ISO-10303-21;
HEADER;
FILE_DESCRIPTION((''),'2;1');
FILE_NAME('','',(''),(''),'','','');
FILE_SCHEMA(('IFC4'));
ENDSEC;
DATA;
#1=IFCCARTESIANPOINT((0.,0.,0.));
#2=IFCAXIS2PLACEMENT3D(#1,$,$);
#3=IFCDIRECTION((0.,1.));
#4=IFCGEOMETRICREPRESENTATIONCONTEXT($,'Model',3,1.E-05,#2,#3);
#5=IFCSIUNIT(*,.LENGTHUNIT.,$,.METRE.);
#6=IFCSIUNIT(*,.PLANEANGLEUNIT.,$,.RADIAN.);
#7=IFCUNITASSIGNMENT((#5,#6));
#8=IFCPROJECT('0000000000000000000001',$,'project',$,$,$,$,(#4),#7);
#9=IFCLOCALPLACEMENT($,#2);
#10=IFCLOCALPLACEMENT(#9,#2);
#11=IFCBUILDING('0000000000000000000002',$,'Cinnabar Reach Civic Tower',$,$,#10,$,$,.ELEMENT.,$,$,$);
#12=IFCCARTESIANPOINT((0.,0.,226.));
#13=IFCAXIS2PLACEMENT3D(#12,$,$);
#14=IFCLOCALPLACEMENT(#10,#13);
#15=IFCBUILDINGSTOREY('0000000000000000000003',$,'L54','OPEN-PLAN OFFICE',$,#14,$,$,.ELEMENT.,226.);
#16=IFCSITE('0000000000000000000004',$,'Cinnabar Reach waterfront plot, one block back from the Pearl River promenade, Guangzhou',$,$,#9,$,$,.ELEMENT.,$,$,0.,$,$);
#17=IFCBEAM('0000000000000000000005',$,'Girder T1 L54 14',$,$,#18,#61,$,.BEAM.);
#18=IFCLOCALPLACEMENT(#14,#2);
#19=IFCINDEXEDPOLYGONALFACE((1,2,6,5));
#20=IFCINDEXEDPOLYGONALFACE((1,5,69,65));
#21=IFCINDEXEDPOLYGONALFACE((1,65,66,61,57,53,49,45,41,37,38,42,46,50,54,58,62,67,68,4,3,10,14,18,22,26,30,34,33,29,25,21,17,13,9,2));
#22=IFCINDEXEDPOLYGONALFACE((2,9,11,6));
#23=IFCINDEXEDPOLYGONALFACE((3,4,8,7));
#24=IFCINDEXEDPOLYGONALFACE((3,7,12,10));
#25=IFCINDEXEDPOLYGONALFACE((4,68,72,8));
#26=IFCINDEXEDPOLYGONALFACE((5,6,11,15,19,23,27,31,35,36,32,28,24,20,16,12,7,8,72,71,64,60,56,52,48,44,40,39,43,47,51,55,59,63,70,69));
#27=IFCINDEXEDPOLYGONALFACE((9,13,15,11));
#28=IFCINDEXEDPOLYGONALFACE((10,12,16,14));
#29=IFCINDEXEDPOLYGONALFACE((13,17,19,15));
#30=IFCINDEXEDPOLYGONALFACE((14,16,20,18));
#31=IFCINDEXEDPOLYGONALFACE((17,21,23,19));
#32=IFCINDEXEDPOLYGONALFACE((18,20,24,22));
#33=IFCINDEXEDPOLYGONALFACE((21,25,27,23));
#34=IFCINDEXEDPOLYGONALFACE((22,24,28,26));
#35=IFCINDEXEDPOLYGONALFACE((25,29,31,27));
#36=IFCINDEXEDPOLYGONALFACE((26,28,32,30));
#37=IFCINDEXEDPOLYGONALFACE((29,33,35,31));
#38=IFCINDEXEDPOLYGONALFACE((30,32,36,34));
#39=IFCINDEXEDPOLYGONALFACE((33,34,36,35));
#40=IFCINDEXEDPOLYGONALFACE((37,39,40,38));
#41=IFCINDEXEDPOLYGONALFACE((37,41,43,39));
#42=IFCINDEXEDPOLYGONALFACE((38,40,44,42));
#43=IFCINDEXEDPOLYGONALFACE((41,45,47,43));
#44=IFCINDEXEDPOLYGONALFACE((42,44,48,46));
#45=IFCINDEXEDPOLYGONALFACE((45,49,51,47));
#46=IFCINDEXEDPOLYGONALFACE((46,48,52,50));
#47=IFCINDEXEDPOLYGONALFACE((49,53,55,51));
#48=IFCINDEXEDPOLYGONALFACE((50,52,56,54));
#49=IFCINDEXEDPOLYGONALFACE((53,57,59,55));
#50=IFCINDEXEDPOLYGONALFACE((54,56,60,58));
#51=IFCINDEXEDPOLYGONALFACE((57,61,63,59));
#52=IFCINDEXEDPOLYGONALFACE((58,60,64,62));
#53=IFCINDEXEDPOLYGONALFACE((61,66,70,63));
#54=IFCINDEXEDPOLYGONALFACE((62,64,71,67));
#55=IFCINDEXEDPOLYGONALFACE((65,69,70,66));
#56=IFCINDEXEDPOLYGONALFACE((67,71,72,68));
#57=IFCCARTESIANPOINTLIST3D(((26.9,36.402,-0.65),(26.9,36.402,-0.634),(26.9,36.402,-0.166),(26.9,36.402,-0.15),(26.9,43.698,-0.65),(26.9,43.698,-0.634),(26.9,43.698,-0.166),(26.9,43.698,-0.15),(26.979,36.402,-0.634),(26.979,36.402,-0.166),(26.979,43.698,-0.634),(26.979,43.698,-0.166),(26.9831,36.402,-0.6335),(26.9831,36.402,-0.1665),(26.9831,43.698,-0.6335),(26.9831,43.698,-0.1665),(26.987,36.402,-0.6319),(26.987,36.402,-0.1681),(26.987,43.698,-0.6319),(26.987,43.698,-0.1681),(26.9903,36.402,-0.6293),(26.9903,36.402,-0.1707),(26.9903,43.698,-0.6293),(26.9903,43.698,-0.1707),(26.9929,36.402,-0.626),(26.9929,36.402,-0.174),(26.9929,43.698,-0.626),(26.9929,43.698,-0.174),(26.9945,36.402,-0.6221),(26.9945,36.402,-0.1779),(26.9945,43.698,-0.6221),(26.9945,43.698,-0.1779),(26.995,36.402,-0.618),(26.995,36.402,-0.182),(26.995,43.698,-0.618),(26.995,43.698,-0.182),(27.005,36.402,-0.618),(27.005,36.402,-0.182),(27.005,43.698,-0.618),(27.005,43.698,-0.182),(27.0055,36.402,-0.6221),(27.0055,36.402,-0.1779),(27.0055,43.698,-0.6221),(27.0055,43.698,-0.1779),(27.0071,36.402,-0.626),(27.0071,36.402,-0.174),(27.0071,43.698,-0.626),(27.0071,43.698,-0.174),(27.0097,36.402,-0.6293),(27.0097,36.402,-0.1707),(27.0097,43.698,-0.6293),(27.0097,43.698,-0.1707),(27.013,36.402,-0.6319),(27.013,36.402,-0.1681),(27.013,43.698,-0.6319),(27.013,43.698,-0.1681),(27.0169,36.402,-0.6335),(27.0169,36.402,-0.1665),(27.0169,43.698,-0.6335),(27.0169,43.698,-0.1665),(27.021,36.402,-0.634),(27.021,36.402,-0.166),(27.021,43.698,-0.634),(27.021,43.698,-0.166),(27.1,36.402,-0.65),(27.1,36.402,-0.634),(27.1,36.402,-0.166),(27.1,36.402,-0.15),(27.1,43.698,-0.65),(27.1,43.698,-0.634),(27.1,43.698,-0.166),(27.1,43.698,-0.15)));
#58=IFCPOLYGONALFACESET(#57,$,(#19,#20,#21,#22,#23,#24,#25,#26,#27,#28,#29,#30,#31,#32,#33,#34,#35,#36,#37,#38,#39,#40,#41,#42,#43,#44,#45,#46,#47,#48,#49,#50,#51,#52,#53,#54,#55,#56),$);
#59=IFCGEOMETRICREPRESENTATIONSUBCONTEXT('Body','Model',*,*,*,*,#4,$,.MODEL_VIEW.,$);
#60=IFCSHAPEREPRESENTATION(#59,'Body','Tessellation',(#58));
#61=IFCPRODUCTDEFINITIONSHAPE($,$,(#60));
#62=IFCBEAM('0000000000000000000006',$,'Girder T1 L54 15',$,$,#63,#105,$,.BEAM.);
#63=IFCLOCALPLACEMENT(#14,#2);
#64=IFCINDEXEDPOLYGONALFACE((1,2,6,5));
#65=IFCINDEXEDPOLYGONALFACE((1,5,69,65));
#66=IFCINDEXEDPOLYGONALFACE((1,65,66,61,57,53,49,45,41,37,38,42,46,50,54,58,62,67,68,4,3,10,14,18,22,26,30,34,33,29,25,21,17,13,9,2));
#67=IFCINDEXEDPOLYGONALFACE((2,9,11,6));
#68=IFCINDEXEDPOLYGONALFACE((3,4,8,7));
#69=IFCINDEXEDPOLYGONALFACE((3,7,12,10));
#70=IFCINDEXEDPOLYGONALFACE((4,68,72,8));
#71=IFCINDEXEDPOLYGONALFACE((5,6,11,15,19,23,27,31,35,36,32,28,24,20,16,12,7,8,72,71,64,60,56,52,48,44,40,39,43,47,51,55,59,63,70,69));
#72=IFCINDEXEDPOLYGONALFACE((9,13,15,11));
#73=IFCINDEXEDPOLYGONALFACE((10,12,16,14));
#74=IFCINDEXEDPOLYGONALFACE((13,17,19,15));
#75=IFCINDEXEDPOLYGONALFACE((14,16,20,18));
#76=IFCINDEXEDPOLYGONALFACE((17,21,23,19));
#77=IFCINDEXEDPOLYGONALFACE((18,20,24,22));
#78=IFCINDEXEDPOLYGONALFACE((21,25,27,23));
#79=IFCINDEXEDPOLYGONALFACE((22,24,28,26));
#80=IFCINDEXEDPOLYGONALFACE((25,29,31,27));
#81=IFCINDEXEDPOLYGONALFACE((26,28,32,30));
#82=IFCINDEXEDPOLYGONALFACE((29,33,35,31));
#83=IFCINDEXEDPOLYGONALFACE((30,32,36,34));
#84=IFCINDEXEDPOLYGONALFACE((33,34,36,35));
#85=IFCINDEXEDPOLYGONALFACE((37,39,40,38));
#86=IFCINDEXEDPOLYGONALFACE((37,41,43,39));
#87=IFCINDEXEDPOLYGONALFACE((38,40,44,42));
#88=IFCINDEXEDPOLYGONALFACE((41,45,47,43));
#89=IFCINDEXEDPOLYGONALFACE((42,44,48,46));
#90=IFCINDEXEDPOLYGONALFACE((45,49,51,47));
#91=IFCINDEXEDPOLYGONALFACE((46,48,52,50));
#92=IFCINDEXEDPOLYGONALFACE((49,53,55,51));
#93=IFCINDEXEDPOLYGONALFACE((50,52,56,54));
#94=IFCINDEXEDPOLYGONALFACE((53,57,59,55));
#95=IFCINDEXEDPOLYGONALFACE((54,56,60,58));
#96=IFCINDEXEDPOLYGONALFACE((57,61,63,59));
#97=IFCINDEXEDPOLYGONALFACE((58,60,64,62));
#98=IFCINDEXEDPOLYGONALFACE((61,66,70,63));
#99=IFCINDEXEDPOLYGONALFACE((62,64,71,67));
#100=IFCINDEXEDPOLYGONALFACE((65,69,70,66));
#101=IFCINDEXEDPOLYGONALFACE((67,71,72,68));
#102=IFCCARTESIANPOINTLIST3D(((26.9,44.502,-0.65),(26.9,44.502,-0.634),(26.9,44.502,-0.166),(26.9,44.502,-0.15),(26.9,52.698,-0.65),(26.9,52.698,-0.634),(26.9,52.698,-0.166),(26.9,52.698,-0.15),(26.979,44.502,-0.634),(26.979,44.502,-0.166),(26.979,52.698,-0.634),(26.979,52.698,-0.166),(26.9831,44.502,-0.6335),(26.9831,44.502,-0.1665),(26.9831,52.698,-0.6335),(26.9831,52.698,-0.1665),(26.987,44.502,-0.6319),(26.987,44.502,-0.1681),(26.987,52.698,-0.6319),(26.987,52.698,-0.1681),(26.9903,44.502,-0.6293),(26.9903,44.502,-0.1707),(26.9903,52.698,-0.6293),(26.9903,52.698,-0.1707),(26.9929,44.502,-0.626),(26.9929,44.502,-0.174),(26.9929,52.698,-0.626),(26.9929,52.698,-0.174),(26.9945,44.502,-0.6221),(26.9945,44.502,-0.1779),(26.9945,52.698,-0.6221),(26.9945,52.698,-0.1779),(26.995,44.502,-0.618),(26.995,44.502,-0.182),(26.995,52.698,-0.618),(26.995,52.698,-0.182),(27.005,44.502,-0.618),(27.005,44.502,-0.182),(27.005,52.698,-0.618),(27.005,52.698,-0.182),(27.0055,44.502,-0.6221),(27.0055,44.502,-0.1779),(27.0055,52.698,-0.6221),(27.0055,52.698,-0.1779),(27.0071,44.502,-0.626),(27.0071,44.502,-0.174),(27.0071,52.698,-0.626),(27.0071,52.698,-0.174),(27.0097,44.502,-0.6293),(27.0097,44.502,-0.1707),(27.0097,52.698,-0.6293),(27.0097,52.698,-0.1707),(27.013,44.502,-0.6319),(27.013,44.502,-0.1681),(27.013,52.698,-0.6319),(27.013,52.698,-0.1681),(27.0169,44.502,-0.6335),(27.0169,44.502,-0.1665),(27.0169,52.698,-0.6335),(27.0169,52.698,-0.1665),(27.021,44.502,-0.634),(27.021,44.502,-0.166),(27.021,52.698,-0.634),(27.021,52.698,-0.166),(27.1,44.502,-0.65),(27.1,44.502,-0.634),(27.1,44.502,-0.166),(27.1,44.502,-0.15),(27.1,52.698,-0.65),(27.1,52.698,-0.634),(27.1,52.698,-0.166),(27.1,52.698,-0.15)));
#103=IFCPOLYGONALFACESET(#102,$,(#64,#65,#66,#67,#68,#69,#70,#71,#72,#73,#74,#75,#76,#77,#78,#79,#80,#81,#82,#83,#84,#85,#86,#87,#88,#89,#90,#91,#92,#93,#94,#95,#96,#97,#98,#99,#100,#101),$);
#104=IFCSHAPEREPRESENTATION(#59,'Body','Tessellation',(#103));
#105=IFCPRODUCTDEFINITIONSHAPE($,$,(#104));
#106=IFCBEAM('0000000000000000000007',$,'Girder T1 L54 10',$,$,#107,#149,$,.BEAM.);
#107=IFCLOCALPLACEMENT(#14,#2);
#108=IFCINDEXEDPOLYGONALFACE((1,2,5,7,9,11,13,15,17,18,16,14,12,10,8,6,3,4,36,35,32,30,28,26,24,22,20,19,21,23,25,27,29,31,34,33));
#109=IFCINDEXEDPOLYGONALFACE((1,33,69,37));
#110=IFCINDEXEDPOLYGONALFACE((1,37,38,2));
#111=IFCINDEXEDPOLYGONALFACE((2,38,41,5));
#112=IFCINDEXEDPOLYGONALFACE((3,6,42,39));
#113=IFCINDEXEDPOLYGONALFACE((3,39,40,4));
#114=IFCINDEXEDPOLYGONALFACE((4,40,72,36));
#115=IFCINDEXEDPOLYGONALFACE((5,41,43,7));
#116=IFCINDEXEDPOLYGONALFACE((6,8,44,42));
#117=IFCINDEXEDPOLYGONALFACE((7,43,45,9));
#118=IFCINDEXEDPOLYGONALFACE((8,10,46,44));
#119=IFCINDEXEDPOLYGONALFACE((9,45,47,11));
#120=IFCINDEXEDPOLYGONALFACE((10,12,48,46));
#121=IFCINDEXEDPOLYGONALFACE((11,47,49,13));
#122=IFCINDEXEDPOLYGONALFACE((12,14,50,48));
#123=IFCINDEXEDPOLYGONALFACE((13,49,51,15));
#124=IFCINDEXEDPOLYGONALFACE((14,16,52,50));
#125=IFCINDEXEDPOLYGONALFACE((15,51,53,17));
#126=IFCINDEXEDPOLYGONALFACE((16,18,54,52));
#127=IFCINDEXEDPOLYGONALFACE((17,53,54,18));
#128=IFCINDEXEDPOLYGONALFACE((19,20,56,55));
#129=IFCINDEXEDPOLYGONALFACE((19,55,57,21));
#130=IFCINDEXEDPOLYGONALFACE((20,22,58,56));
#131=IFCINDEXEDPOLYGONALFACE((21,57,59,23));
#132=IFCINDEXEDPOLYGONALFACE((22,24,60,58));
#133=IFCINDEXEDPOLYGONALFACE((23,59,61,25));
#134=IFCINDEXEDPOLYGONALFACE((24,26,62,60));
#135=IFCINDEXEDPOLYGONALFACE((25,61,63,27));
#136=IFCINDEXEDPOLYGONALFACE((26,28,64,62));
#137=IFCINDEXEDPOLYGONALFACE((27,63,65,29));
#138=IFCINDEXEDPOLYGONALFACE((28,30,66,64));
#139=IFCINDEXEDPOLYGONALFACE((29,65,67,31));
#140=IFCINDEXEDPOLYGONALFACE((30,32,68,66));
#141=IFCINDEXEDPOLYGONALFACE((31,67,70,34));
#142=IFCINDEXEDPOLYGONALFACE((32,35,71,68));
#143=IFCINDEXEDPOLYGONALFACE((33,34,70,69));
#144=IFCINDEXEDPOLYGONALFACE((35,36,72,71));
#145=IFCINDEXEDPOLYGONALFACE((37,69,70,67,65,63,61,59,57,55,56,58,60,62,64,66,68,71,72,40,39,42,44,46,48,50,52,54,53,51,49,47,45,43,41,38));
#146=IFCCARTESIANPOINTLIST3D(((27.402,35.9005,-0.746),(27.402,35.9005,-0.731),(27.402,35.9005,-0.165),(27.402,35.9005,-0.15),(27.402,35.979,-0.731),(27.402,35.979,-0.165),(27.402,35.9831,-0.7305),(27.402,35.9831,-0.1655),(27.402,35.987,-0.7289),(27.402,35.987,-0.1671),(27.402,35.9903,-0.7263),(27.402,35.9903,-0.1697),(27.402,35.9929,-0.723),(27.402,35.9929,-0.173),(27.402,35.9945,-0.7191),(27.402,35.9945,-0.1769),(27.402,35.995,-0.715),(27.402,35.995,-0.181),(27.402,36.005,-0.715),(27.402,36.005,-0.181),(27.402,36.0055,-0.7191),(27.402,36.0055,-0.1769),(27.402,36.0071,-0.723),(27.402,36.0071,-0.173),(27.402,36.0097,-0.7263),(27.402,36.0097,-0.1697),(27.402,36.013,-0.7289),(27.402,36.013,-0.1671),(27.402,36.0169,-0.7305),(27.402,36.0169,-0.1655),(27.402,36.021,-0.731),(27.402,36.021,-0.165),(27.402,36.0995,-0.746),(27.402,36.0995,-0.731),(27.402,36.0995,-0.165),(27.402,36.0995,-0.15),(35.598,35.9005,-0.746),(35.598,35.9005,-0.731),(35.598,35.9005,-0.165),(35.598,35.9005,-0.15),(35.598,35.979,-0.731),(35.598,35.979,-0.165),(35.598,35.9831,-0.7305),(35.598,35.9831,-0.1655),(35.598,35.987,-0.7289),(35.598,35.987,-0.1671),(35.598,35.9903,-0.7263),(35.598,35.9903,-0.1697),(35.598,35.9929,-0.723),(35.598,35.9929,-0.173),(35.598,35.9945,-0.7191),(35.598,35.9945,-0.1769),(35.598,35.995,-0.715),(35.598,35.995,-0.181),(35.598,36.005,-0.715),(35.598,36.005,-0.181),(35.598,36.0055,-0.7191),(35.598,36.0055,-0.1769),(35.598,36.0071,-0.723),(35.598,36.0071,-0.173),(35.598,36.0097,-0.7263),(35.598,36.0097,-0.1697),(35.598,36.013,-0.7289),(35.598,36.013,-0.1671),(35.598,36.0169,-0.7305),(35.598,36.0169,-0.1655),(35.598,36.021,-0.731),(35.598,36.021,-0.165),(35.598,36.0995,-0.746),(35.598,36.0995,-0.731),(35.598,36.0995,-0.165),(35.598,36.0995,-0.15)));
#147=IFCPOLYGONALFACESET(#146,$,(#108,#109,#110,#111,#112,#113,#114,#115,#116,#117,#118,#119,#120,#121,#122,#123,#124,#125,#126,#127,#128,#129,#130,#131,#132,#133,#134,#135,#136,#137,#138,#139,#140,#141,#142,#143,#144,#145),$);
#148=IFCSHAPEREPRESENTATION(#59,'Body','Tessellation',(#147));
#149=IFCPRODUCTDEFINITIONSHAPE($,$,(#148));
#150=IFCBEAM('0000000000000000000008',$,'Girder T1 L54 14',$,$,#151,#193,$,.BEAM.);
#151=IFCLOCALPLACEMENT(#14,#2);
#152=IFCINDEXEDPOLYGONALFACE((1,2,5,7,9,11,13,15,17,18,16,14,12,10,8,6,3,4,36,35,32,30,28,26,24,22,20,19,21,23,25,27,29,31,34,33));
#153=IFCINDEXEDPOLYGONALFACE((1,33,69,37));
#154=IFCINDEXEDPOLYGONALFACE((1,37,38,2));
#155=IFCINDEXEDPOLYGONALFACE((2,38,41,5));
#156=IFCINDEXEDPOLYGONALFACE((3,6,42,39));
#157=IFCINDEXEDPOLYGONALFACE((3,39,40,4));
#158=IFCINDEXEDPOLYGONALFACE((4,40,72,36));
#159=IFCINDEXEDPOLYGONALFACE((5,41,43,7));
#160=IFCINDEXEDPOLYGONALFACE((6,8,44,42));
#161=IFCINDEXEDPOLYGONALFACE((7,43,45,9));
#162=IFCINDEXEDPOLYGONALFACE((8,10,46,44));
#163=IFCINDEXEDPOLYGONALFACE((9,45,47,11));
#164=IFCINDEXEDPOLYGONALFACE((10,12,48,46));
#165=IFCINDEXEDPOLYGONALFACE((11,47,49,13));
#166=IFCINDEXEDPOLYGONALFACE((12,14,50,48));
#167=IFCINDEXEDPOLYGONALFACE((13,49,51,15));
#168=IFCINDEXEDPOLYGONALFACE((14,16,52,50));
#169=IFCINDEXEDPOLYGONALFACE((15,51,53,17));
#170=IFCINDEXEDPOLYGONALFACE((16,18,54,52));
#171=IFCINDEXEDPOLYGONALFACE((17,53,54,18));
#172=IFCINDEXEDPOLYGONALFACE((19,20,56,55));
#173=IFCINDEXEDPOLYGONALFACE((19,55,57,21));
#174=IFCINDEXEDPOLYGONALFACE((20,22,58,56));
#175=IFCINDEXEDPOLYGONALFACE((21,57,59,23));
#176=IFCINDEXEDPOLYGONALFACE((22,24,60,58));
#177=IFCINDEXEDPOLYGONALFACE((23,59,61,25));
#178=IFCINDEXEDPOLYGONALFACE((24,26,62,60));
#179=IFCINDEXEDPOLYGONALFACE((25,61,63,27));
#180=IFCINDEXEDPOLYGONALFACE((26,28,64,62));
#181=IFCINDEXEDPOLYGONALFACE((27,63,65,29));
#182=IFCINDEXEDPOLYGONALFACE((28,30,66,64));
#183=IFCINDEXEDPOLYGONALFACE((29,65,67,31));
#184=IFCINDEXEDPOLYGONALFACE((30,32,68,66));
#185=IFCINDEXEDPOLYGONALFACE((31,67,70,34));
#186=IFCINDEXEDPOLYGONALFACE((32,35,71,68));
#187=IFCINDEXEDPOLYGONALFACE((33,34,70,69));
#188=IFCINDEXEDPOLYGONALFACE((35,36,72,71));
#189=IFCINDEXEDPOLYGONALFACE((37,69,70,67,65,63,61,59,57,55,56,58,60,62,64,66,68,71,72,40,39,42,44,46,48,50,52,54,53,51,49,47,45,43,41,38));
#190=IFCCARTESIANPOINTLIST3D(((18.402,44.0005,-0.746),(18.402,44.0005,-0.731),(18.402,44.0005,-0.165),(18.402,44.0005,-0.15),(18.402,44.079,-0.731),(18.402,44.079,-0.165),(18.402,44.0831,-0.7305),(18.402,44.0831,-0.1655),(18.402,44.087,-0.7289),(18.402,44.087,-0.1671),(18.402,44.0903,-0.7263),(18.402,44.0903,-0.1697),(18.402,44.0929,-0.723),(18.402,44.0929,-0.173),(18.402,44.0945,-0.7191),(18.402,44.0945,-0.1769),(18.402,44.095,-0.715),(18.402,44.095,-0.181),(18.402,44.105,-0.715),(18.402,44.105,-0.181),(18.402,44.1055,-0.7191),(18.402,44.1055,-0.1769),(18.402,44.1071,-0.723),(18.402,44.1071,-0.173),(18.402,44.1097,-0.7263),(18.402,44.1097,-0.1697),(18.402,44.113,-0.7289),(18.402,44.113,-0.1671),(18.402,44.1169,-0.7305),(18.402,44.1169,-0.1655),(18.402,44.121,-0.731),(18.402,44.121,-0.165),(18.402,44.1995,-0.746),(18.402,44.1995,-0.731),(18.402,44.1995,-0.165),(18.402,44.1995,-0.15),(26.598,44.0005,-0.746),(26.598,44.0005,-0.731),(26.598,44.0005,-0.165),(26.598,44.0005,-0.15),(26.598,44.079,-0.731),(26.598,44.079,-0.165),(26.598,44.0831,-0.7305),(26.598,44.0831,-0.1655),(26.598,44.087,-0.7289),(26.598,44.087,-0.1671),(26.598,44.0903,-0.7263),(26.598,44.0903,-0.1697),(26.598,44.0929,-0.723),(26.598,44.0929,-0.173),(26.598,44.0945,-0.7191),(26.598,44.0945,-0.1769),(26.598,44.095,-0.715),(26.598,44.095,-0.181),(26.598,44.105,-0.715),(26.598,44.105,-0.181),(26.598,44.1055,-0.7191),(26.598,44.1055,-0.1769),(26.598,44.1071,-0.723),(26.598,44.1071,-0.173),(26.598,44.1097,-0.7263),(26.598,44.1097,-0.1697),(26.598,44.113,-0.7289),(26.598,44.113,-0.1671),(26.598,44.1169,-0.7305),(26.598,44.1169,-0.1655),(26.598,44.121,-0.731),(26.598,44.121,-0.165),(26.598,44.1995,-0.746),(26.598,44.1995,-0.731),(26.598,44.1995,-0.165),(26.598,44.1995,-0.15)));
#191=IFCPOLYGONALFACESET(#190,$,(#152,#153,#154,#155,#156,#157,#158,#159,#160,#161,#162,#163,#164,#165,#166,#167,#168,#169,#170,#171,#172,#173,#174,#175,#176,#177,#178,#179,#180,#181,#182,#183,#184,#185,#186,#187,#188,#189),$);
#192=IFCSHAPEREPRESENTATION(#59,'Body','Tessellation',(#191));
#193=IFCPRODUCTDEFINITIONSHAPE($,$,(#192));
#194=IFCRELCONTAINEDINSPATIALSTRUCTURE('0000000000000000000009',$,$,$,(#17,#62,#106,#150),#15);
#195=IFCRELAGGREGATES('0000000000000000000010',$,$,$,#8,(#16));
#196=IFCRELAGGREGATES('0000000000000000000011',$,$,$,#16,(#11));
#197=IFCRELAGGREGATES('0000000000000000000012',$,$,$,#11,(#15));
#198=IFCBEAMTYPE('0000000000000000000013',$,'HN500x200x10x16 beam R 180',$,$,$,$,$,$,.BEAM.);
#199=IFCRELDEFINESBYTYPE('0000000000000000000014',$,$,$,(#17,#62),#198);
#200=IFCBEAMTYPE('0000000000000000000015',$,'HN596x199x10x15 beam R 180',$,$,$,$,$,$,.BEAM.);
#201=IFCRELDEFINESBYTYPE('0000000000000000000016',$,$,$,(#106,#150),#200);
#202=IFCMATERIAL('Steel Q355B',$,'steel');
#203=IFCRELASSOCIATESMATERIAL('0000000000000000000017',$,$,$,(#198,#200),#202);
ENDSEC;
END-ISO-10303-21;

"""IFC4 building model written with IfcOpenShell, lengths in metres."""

from ifc_helpers import new_model, si_unit, direction, frame, origin, origin_2d, place, context, subcontext, project, spatial, i_section, extrude, material, material_profile, profile_set, type_object, element, save


model = new_model("IFC4")

# Units and contexts
model_context = context("Model", 3, precision=1e-05, world=origin(), true_north=direction((0.0, 1.0)))
body_context = subcontext(model_context, "Body", "Model", "MODEL_VIEW")
ifc_project = project(units=[si_unit("LENGTHUNIT", "METRE"), si_unit("PLANEANGLEUNIT", "RADIAN")], contexts=[model_context])

# Site, building, storey
site_placement = place(None, origin())
site = spatial("IfcSite", under=ifc_project, at=site_placement, Name="Cinnabar Reach waterfront plot, one block back from the Pearl River promenade, Guangzhou", CompositionType="ELEMENT", RefElevation=0.0)
building_placement = place(site_placement, origin())
building = spatial("IfcBuilding", under=site, at=building_placement, Name="Cinnabar Reach Civic Tower", CompositionType="ELEMENT")
storey_placement = place(building_placement, frame((0.0, 0.0, 226.0)))
storey = spatial("IfcBuildingStorey", under=building, at=storey_placement, Name="L54", Description="OPEN-PLAN OFFICE", CompositionType="ELEMENT", Elevation=226.0)

# Beams
ifc_material_1 = material(Name="Steel Q355B", Category="steel")
ifc_material_profile_1 = material_profile(ifc_material_1, i_section(OverallWidth=0.2, OverallDepth=0.5, WebThickness=0.01, FlangeThickness=0.016, FilletRadius=0.016, at=origin_2d()), Name="HN500x200x10x16")
ifc_profile_set_1 = profile_set([ifc_material_profile_1], Name="Steel Q355B")
beam_type_1 = type_object("IfcBeamType", Name="HN500x200x10x16 beam R 180", PredefinedType="BEAM", material=ifc_profile_set_1)
beam_1_placement = place(storey_placement, frame((27.0, 36.402, -0.4), z_axis=(0.0, 1.0, 0.0), x_axis=(-1.0, 0.0, 0.0)))
element("IfcBeam", 1, at=beam_1_placement, inside=storey, type_object=beam_type_1, Name="Girder T1 L54 14", PredefinedType="BEAM", context=body_context, shape_type="SweptSolid", body=[
    extrude(i_section(OverallWidth=0.2, OverallDepth=0.5, WebThickness=0.01, FlangeThickness=0.016, FilletRadius=0.016, at=origin_2d()), origin(), (0.0, 0.0, 1.0), 7.296),
])
beam_2_placement = place(storey_placement, frame((27.0, 44.502, -0.4), z_axis=(0.0, 1.0, 0.0), x_axis=(-1.0, 0.0, 0.0)))
element("IfcBeam", 2, at=beam_2_placement, inside=storey, type_object=beam_type_1, Name="Girder T1 L54 15", PredefinedType="BEAM", context=body_context, shape_type="SweptSolid", body=[
    extrude(i_section(OverallWidth=0.2, OverallDepth=0.5, WebThickness=0.01, FlangeThickness=0.016, FilletRadius=0.016, at=origin_2d()), origin(), (0.0, 0.0, 1.0), 8.196),
])
ifc_material_profile_2 = material_profile(ifc_material_1, i_section(OverallWidth=0.199, OverallDepth=0.596, WebThickness=0.01, FlangeThickness=0.015, FilletRadius=0.016, at=origin_2d()), Name="HN596x199x10x15")
ifc_profile_set_2 = profile_set([ifc_material_profile_2], Name="Steel Q355B")
beam_type_2 = type_object("IfcBeamType", Name="HN596x199x10x15 beam R 180", PredefinedType="BEAM", material=ifc_profile_set_2)
for number, where, z_axis, x_axis, name in (
    (3, (27.402, 36.0, -0.448), (1.0, 0.0, 0.0), (0.0, 1.0, 0.0), "Girder T1 L54 10"),
    (4, (18.402, 44.1, -0.448), (1.0, 0.0, 0.0), (0.0, 1.0, 0.0), "Girder T1 L54 14"),
):
    element("IfcBeam", number, at=place(storey_placement, frame(where, z_axis=z_axis, x_axis=x_axis)), inside=storey, type_object=beam_type_2, Name=name, PredefinedType="BEAM", context=body_context, shape_type="SweptSolid", body=[
        extrude(i_section(OverallWidth=0.199, OverallDepth=0.596, WebThickness=0.01, FlangeThickness=0.015, FilletRadius=0.016, at=origin_2d()), origin(), (0.0, 0.0, 1.0), 8.196),
    ])

save(model, "model.ifc")
